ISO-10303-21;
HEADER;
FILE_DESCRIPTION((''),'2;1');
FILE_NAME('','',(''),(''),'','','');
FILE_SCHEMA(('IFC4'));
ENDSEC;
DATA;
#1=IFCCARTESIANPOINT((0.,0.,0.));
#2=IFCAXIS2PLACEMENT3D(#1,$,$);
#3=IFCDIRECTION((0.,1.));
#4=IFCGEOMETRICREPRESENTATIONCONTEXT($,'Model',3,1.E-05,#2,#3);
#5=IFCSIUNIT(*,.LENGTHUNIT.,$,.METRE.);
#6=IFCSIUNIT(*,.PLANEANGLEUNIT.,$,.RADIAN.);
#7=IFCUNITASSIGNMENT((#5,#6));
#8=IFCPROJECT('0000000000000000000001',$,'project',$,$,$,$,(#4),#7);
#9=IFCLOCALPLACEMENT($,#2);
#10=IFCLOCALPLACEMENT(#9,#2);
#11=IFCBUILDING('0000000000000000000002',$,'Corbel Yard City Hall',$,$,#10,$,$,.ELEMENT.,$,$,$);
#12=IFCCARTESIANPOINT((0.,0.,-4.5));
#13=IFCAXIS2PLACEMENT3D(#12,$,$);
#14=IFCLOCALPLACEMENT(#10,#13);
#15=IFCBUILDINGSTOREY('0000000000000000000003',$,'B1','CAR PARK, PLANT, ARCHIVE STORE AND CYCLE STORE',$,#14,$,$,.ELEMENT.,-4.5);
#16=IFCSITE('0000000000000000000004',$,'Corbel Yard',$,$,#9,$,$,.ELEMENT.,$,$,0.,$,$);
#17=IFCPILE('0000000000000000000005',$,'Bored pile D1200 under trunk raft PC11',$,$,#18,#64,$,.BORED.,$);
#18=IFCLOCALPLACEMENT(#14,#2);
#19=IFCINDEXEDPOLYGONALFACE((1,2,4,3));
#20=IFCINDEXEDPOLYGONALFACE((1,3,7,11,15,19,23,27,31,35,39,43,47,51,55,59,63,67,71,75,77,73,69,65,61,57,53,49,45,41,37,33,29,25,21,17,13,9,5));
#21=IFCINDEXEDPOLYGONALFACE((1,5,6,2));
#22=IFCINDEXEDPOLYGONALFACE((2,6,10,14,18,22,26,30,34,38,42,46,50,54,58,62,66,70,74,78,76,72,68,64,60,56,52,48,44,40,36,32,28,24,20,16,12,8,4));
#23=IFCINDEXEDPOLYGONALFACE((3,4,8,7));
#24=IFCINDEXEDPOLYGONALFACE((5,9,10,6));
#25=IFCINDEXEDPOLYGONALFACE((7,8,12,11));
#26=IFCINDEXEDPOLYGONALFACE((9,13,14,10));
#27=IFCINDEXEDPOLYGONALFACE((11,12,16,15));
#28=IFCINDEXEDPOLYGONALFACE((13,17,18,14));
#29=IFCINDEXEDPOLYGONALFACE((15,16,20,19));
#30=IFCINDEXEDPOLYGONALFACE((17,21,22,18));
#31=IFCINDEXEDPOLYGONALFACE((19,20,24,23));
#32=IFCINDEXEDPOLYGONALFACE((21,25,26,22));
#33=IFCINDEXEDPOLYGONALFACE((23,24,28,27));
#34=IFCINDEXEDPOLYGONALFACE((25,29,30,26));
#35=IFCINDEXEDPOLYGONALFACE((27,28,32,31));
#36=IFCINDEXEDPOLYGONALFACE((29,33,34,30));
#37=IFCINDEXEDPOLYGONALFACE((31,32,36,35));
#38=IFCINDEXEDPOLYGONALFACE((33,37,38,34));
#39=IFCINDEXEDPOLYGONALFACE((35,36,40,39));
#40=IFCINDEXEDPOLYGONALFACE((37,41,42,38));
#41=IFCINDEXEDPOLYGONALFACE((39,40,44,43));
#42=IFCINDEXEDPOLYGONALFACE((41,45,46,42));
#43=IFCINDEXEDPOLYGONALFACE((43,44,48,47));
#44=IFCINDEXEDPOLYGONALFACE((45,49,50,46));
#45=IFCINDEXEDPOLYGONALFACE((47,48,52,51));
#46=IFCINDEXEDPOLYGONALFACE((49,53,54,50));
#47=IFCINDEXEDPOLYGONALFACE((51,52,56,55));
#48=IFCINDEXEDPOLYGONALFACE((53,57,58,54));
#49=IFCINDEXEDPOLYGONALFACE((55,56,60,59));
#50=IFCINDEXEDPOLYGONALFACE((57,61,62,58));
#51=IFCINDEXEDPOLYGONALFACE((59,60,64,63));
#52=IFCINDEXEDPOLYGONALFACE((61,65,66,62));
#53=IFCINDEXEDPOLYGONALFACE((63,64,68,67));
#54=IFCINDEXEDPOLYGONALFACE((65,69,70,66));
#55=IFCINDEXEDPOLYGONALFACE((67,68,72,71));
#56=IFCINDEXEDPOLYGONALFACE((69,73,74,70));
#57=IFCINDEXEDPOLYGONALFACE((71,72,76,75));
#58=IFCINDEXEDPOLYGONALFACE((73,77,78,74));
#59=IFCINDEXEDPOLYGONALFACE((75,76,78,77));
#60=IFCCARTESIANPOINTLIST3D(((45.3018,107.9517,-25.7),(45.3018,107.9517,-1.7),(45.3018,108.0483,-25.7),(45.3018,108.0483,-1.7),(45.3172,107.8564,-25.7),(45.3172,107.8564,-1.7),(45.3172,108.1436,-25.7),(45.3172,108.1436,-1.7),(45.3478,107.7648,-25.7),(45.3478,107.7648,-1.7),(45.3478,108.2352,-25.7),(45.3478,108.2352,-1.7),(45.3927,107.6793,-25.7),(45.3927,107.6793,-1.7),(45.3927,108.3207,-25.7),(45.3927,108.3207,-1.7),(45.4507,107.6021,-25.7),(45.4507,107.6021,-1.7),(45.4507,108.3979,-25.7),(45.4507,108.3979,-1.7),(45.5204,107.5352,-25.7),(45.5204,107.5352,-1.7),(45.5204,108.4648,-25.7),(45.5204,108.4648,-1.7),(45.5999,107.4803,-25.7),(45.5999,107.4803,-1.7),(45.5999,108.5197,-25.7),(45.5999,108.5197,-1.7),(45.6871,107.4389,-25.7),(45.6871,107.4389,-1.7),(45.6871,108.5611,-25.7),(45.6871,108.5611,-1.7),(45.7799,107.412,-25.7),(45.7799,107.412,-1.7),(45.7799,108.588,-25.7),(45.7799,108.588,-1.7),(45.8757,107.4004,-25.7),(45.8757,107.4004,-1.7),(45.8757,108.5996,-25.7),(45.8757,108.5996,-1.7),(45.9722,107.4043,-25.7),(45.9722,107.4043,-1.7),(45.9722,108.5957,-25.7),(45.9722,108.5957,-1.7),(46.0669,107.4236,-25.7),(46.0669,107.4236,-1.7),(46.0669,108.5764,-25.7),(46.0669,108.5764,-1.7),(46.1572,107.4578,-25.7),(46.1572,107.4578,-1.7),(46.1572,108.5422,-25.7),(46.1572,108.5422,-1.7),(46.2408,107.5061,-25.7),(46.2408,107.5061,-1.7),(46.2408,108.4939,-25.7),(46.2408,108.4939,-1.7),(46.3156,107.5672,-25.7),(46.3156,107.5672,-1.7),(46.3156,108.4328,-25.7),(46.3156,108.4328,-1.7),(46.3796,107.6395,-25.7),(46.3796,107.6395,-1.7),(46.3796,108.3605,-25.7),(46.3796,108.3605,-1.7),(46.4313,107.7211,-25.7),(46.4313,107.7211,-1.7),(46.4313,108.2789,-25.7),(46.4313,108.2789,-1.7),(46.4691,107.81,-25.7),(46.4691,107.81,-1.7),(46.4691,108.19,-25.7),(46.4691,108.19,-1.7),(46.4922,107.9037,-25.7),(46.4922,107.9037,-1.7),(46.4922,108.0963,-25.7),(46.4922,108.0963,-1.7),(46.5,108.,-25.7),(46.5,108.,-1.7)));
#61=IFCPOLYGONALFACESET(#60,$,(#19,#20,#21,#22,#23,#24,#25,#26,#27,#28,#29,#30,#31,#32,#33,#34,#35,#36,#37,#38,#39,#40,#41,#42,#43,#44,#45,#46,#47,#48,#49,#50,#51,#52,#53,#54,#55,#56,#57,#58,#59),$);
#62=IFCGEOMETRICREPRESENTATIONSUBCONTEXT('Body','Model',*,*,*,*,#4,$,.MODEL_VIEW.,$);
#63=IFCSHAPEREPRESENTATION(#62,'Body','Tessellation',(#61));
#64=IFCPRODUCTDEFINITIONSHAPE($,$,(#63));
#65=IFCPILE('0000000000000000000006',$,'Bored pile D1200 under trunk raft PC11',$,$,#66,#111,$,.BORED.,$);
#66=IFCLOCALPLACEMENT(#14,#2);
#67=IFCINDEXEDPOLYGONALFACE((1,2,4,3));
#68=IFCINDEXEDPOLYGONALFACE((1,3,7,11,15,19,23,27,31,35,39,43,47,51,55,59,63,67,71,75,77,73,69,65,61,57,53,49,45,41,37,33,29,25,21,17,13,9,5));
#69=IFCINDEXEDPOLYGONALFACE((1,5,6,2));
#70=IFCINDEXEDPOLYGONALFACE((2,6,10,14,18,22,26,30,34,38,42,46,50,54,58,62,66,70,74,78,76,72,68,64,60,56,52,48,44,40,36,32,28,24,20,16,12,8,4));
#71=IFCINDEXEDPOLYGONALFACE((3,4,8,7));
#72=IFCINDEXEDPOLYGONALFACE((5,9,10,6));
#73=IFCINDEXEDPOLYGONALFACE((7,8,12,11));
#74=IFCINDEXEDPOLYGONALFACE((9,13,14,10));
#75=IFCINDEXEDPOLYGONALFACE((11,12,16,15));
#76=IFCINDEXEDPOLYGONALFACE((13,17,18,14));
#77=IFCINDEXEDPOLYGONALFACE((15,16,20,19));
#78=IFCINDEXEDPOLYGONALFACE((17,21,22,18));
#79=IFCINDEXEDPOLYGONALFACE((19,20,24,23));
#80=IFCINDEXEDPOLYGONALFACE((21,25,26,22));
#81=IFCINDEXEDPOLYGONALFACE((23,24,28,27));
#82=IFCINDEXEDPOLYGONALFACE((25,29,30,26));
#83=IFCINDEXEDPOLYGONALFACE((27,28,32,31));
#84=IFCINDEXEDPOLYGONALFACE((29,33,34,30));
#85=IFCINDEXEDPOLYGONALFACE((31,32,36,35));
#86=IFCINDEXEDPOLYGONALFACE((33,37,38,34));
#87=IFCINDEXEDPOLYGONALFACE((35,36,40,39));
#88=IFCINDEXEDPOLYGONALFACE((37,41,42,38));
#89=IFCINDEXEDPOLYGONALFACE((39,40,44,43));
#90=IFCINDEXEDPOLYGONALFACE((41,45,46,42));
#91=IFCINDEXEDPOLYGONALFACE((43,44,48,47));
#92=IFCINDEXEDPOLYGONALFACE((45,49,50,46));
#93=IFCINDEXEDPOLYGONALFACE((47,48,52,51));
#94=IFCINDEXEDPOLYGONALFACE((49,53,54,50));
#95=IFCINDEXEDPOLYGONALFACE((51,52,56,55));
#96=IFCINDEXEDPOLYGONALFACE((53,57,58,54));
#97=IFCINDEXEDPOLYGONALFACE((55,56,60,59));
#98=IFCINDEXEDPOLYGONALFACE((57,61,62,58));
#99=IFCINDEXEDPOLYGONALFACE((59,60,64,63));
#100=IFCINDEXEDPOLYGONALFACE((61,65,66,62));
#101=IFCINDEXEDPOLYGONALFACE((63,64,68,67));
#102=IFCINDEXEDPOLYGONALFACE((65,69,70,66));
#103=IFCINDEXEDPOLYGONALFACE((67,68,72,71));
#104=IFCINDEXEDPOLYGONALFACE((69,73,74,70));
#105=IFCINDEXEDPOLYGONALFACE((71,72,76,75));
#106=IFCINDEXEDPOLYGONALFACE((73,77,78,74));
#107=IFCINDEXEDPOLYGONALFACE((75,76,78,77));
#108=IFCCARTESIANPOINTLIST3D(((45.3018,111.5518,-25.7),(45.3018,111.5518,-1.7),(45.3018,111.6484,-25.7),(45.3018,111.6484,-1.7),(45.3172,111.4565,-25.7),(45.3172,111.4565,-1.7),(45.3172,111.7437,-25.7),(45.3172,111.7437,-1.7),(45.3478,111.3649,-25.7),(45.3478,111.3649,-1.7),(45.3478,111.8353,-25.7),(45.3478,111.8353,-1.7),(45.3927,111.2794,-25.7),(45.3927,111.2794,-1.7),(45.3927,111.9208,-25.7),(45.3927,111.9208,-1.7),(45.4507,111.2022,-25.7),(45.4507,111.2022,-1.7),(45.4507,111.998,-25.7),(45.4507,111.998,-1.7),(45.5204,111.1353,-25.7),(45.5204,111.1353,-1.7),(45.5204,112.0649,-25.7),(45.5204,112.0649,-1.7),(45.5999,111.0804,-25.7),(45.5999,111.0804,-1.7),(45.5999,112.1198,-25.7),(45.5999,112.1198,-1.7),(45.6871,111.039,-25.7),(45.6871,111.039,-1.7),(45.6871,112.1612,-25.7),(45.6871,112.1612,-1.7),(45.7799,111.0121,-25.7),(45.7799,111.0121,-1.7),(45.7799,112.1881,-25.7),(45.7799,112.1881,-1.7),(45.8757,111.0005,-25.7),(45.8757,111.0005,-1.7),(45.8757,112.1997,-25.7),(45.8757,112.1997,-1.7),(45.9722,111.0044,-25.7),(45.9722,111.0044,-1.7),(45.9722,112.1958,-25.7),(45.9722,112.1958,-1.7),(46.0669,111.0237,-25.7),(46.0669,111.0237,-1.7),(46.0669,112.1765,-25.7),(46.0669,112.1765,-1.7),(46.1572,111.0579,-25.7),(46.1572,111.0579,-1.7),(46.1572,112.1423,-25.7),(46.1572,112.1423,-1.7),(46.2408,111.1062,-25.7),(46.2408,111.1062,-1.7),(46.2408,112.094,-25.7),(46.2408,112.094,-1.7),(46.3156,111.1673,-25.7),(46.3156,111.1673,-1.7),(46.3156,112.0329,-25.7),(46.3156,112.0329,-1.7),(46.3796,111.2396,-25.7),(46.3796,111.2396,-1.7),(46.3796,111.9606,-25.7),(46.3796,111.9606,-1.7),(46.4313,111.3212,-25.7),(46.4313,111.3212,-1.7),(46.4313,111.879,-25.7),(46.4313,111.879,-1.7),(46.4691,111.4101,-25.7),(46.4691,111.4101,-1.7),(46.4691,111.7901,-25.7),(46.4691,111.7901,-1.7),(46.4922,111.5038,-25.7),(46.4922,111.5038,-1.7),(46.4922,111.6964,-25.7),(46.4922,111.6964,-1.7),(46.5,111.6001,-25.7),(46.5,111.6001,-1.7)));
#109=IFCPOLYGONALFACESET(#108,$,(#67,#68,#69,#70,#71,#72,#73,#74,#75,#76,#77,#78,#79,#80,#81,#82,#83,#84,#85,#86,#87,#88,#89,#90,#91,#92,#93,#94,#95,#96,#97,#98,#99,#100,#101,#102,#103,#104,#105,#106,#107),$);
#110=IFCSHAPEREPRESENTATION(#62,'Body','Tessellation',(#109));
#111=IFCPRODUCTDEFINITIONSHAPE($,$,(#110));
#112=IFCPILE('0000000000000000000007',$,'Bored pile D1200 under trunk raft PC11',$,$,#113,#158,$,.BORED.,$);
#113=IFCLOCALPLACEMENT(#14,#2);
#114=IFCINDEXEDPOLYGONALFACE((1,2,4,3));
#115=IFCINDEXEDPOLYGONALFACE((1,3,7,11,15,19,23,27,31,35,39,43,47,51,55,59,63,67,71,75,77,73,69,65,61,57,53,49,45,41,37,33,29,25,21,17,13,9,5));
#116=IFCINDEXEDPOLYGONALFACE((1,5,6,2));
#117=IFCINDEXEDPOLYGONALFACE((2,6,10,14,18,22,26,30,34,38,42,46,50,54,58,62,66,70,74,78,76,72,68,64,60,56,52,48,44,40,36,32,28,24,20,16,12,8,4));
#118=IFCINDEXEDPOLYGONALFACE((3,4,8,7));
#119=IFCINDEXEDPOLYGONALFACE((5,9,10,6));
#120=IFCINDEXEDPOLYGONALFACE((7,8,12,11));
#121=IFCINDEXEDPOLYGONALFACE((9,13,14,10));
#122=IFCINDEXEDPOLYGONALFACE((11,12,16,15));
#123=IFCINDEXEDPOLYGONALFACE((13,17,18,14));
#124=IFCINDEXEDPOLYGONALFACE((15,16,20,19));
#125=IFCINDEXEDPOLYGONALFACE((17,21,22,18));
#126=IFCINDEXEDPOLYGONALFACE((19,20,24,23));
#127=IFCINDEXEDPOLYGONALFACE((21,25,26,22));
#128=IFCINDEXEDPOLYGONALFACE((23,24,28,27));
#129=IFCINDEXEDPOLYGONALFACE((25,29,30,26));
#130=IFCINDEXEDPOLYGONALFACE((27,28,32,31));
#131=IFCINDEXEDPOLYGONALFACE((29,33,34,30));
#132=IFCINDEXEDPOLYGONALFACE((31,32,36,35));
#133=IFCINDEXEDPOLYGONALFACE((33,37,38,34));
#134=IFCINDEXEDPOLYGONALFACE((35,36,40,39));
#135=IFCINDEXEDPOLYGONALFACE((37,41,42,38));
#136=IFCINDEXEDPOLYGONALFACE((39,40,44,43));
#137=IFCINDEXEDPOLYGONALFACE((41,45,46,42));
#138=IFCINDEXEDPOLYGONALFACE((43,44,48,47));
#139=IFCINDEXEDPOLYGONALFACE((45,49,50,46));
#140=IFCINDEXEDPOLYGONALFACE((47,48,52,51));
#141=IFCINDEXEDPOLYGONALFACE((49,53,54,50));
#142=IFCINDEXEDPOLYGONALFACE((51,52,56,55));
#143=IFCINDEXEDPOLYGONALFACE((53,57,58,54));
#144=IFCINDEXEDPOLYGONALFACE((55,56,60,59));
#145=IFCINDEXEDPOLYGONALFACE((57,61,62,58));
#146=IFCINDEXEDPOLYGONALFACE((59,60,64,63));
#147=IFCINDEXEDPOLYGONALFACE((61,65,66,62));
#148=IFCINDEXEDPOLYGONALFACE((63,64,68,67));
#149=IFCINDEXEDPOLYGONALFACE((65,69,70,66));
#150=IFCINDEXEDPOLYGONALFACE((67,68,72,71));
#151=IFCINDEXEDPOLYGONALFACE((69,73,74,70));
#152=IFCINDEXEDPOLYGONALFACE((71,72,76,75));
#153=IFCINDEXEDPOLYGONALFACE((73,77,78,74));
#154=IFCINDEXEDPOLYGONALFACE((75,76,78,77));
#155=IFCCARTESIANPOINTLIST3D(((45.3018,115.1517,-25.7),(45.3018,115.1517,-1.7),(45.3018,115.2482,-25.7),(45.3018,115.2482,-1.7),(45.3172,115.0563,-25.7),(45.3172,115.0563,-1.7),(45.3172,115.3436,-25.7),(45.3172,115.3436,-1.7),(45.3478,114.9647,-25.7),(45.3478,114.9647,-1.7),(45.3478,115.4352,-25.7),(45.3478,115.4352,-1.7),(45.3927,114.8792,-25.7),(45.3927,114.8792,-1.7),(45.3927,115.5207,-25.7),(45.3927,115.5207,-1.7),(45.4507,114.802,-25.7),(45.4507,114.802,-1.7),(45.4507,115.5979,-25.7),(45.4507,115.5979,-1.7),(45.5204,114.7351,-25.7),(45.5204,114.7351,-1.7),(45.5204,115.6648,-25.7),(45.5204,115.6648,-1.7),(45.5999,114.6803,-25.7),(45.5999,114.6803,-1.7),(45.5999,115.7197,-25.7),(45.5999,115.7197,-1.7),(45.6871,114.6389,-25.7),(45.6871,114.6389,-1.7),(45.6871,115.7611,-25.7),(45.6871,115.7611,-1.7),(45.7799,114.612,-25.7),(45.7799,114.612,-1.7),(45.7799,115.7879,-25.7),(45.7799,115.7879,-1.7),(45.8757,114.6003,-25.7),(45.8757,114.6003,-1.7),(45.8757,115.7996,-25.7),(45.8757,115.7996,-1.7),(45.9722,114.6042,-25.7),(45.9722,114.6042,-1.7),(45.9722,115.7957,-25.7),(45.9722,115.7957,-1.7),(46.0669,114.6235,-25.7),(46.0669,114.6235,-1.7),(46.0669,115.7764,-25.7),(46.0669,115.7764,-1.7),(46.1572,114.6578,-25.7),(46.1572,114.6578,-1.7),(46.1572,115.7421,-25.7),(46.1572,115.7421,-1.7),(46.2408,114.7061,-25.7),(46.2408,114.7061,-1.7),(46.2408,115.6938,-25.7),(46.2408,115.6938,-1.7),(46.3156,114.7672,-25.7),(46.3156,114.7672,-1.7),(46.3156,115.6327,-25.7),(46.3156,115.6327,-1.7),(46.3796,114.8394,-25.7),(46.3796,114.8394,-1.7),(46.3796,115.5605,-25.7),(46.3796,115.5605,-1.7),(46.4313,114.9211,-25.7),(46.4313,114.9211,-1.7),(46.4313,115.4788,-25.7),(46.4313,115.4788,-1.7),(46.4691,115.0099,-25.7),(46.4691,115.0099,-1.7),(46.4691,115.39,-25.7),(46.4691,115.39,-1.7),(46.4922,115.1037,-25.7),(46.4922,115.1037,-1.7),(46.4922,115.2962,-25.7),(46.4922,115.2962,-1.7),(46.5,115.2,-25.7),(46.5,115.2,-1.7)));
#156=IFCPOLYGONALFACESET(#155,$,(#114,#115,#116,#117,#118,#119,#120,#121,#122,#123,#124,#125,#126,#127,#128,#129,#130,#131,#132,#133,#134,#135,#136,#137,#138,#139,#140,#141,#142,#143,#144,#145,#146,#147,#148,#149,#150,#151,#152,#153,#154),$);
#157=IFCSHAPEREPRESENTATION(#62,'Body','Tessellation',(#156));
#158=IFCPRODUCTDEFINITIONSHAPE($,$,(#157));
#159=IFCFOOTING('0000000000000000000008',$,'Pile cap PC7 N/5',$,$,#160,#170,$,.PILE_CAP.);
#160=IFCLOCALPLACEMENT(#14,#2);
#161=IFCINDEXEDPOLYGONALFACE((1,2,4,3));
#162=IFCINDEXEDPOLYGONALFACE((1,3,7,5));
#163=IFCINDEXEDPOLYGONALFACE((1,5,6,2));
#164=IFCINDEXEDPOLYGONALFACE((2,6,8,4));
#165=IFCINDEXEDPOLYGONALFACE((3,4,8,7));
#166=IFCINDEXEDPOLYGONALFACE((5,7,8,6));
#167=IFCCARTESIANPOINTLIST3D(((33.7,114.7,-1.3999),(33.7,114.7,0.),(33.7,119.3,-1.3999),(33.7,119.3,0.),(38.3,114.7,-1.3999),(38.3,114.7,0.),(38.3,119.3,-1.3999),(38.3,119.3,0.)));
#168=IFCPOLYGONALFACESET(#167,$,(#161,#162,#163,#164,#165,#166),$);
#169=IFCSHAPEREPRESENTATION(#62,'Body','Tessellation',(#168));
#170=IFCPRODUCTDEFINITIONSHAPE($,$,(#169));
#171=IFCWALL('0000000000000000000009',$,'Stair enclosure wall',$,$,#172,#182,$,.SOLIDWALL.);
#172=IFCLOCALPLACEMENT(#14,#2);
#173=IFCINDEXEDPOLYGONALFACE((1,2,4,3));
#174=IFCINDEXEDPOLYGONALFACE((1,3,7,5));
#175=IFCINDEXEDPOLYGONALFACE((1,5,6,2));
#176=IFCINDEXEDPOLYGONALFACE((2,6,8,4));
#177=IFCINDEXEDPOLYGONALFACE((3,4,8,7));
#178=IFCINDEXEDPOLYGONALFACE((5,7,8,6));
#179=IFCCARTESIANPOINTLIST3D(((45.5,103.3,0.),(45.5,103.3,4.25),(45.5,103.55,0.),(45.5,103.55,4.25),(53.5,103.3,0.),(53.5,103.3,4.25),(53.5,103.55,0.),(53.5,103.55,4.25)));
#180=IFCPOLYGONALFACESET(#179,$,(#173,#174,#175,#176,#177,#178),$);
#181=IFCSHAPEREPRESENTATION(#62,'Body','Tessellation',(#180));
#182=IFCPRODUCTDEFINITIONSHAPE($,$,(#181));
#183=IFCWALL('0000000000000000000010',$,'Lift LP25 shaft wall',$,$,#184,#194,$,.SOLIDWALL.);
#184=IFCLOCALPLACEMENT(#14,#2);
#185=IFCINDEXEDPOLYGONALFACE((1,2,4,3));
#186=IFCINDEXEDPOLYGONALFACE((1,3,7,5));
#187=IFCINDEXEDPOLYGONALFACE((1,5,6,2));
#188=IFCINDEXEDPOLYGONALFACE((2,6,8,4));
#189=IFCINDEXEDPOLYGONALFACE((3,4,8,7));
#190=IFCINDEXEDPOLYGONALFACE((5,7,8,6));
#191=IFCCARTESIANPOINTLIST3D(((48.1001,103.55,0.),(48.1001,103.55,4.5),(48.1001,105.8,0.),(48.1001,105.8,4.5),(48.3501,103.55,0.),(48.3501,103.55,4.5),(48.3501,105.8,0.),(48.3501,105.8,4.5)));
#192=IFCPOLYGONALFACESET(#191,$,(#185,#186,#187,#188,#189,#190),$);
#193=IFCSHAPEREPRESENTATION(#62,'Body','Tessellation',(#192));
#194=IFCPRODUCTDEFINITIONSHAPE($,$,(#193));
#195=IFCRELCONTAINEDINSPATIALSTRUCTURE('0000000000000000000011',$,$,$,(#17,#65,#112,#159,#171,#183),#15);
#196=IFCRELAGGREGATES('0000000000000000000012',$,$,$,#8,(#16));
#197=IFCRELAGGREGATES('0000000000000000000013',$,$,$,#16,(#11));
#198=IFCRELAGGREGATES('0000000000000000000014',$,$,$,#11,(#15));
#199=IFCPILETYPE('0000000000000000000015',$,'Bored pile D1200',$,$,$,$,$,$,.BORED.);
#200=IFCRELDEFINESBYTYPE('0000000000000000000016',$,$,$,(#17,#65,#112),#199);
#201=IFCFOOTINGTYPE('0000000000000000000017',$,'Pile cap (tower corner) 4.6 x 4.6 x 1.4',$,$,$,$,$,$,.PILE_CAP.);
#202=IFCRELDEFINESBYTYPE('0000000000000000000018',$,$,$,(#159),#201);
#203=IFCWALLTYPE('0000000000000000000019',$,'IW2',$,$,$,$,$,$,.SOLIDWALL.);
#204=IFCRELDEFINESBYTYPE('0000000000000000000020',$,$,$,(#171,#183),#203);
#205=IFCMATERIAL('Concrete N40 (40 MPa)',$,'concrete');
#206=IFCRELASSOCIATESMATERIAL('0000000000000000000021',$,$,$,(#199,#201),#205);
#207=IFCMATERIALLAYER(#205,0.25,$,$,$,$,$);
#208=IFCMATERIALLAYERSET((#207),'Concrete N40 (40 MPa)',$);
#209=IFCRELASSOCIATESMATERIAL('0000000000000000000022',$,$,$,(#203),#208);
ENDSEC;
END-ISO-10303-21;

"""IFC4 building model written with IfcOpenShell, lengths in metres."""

from ifc_helpers import new_model, si_unit, direction, frame, frame_2d, origin, origin_2d, place, context, subcontext, project, spatial, rectangle, circle, extrude, material, layer, layer_set, material_profile, profile_set, type_object, element, save


model = new_model("IFC4")

# Units and contexts
model_context = context("Model", 3, precision=1e-05, world=origin(), true_north=direction((0.0, 1.0)))
body_context = subcontext(model_context, "Body", "Model", "MODEL_VIEW")
ifc_project = project(units=[si_unit("LENGTHUNIT", "METRE"), si_unit("PLANEANGLEUNIT", "RADIAN")], contexts=[model_context])

# Site, building, storey
site_placement = place(None, origin())
site = spatial("IfcSite", under=ifc_project, at=site_placement, Name="Corbel Yard", CompositionType="ELEMENT", RefElevation=0.0)
building_placement = place(site_placement, origin())
building = spatial("IfcBuilding", under=site, at=building_placement, Name="Corbel Yard City Hall", CompositionType="ELEMENT")
storey_placement = place(building_placement, frame((0.0, 0.0, -4.5)))
storey = spatial("IfcBuildingStorey", under=building, at=storey_placement, Name="B1", Description="CAR PARK, PLANT, ARCHIVE STORE AND CYCLE STORE", CompositionType="ELEMENT", Elevation=-4.5)

# Piles
ifc_material_1 = material(Name="Concrete N40 (40 MPa)", Category="concrete")
ifc_material_profile = material_profile(ifc_material_1, circle(Radius=0.6001, at=origin_2d()), Name="D1200")
ifc_profile_set = profile_set([ifc_material_profile], Name="Concrete N40 (40 MPa)")
pile_type = type_object("IfcPileType", Name="Bored pile D1200", PredefinedType="BORED", material=ifc_profile_set)
for number, where, z_axis, x_axis, name in (
    (1, (45.8999, 108.0, -1.7), (0.0, 0.0, -1.0), (1.0, 0.0, 0.0), "Bored pile D1200 under trunk raft PC11"),
    (2, (45.8999, 111.6001, -1.7), (0.0, 0.0, -1.0), (1.0, 0.0, 0.0), "Bored pile D1200 under trunk raft PC11"),
    (3, (45.8999, 115.2, -1.7), (0.0, 0.0, -1.0), (1.0, 0.0, 0.0), "Bored pile D1200 under trunk raft PC11"),
):
    element("IfcPile", number, at=place(storey_placement, frame(where, z_axis=z_axis, x_axis=x_axis)), inside=storey, type_object=pile_type, Name=name, PredefinedType="BORED", context=body_context, shape_type="SweptSolid", body=[
        extrude(circle(Radius=0.6001, at=origin_2d()), origin(), (0.0, 0.0, 1.0), 24.0),
    ])

# Footing
footing_type = type_object("IfcFootingType", Name="Pile cap (tower corner) 4.6 x 4.6 x 1.4", PredefinedType="PILE_CAP", material=ifc_material_1)
footing_placement = place(storey_placement, frame((36.0, 117.0, -1.3999), z_axis=(0.0, 0.0, 1.0), x_axis=(1.0, 0.0, 0.0)))
element("IfcFooting", 4, at=footing_placement, inside=storey, type_object=footing_type, Name="Pile cap PC7 N/5", PredefinedType="PILE_CAP", context=body_context, shape_type="SweptSolid", body=[
    extrude(rectangle(XDim=4.6001, YDim=4.6001, at=origin_2d()), origin(), (0.0, 0.0, 1.0), 1.3999),
])

# Walls
ifc_layer_1 = layer(ifc_material_1, 0.25)
ifc_layer_set_1 = layer_set([ifc_layer_1], Name="Concrete N40 (40 MPa)")
wall_type_1 = type_object("IfcWallType", Name="IW2", PredefinedType="SOLIDWALL", material=ifc_layer_set_1)
wall_1_placement = place(storey_placement, frame((45.5, 103.425, 0.0), z_axis=(0.0, 0.0, 1.0), x_axis=(1.0, 0.0, 0.0)))
element("IfcWall", 5, at=wall_1_placement, inside=storey, type_object=wall_type_1, Name="Stair enclosure wall", PredefinedType="SOLIDWALL", context=body_context, shape_type="SweptSolid", body=[
    extrude(rectangle(XDim=8.0, YDim=0.25, at=frame_2d((4.0, 0.0))), origin(), (0.0, 0.0, 1.0), 4.25),
])
wall_2_placement = place(storey_placement, frame((48.2251, 103.55, 0.0), z_axis=(0.0, 0.0, 1.0), x_axis=(0.0, 1.0, 0.0)))
element("IfcWall", 6, at=wall_2_placement, inside=storey, type_object=wall_type_1, Name="Lift LP25 shaft wall", PredefinedType="SOLIDWALL", context=body_context, shape_type="SweptSolid", body=[
    extrude(rectangle(XDim=2.25, YDim=0.25, at=frame_2d((1.125, 0.0))), origin(), (0.0, 0.0, 1.0), 4.5),
])

save(model, "model.ifc")
